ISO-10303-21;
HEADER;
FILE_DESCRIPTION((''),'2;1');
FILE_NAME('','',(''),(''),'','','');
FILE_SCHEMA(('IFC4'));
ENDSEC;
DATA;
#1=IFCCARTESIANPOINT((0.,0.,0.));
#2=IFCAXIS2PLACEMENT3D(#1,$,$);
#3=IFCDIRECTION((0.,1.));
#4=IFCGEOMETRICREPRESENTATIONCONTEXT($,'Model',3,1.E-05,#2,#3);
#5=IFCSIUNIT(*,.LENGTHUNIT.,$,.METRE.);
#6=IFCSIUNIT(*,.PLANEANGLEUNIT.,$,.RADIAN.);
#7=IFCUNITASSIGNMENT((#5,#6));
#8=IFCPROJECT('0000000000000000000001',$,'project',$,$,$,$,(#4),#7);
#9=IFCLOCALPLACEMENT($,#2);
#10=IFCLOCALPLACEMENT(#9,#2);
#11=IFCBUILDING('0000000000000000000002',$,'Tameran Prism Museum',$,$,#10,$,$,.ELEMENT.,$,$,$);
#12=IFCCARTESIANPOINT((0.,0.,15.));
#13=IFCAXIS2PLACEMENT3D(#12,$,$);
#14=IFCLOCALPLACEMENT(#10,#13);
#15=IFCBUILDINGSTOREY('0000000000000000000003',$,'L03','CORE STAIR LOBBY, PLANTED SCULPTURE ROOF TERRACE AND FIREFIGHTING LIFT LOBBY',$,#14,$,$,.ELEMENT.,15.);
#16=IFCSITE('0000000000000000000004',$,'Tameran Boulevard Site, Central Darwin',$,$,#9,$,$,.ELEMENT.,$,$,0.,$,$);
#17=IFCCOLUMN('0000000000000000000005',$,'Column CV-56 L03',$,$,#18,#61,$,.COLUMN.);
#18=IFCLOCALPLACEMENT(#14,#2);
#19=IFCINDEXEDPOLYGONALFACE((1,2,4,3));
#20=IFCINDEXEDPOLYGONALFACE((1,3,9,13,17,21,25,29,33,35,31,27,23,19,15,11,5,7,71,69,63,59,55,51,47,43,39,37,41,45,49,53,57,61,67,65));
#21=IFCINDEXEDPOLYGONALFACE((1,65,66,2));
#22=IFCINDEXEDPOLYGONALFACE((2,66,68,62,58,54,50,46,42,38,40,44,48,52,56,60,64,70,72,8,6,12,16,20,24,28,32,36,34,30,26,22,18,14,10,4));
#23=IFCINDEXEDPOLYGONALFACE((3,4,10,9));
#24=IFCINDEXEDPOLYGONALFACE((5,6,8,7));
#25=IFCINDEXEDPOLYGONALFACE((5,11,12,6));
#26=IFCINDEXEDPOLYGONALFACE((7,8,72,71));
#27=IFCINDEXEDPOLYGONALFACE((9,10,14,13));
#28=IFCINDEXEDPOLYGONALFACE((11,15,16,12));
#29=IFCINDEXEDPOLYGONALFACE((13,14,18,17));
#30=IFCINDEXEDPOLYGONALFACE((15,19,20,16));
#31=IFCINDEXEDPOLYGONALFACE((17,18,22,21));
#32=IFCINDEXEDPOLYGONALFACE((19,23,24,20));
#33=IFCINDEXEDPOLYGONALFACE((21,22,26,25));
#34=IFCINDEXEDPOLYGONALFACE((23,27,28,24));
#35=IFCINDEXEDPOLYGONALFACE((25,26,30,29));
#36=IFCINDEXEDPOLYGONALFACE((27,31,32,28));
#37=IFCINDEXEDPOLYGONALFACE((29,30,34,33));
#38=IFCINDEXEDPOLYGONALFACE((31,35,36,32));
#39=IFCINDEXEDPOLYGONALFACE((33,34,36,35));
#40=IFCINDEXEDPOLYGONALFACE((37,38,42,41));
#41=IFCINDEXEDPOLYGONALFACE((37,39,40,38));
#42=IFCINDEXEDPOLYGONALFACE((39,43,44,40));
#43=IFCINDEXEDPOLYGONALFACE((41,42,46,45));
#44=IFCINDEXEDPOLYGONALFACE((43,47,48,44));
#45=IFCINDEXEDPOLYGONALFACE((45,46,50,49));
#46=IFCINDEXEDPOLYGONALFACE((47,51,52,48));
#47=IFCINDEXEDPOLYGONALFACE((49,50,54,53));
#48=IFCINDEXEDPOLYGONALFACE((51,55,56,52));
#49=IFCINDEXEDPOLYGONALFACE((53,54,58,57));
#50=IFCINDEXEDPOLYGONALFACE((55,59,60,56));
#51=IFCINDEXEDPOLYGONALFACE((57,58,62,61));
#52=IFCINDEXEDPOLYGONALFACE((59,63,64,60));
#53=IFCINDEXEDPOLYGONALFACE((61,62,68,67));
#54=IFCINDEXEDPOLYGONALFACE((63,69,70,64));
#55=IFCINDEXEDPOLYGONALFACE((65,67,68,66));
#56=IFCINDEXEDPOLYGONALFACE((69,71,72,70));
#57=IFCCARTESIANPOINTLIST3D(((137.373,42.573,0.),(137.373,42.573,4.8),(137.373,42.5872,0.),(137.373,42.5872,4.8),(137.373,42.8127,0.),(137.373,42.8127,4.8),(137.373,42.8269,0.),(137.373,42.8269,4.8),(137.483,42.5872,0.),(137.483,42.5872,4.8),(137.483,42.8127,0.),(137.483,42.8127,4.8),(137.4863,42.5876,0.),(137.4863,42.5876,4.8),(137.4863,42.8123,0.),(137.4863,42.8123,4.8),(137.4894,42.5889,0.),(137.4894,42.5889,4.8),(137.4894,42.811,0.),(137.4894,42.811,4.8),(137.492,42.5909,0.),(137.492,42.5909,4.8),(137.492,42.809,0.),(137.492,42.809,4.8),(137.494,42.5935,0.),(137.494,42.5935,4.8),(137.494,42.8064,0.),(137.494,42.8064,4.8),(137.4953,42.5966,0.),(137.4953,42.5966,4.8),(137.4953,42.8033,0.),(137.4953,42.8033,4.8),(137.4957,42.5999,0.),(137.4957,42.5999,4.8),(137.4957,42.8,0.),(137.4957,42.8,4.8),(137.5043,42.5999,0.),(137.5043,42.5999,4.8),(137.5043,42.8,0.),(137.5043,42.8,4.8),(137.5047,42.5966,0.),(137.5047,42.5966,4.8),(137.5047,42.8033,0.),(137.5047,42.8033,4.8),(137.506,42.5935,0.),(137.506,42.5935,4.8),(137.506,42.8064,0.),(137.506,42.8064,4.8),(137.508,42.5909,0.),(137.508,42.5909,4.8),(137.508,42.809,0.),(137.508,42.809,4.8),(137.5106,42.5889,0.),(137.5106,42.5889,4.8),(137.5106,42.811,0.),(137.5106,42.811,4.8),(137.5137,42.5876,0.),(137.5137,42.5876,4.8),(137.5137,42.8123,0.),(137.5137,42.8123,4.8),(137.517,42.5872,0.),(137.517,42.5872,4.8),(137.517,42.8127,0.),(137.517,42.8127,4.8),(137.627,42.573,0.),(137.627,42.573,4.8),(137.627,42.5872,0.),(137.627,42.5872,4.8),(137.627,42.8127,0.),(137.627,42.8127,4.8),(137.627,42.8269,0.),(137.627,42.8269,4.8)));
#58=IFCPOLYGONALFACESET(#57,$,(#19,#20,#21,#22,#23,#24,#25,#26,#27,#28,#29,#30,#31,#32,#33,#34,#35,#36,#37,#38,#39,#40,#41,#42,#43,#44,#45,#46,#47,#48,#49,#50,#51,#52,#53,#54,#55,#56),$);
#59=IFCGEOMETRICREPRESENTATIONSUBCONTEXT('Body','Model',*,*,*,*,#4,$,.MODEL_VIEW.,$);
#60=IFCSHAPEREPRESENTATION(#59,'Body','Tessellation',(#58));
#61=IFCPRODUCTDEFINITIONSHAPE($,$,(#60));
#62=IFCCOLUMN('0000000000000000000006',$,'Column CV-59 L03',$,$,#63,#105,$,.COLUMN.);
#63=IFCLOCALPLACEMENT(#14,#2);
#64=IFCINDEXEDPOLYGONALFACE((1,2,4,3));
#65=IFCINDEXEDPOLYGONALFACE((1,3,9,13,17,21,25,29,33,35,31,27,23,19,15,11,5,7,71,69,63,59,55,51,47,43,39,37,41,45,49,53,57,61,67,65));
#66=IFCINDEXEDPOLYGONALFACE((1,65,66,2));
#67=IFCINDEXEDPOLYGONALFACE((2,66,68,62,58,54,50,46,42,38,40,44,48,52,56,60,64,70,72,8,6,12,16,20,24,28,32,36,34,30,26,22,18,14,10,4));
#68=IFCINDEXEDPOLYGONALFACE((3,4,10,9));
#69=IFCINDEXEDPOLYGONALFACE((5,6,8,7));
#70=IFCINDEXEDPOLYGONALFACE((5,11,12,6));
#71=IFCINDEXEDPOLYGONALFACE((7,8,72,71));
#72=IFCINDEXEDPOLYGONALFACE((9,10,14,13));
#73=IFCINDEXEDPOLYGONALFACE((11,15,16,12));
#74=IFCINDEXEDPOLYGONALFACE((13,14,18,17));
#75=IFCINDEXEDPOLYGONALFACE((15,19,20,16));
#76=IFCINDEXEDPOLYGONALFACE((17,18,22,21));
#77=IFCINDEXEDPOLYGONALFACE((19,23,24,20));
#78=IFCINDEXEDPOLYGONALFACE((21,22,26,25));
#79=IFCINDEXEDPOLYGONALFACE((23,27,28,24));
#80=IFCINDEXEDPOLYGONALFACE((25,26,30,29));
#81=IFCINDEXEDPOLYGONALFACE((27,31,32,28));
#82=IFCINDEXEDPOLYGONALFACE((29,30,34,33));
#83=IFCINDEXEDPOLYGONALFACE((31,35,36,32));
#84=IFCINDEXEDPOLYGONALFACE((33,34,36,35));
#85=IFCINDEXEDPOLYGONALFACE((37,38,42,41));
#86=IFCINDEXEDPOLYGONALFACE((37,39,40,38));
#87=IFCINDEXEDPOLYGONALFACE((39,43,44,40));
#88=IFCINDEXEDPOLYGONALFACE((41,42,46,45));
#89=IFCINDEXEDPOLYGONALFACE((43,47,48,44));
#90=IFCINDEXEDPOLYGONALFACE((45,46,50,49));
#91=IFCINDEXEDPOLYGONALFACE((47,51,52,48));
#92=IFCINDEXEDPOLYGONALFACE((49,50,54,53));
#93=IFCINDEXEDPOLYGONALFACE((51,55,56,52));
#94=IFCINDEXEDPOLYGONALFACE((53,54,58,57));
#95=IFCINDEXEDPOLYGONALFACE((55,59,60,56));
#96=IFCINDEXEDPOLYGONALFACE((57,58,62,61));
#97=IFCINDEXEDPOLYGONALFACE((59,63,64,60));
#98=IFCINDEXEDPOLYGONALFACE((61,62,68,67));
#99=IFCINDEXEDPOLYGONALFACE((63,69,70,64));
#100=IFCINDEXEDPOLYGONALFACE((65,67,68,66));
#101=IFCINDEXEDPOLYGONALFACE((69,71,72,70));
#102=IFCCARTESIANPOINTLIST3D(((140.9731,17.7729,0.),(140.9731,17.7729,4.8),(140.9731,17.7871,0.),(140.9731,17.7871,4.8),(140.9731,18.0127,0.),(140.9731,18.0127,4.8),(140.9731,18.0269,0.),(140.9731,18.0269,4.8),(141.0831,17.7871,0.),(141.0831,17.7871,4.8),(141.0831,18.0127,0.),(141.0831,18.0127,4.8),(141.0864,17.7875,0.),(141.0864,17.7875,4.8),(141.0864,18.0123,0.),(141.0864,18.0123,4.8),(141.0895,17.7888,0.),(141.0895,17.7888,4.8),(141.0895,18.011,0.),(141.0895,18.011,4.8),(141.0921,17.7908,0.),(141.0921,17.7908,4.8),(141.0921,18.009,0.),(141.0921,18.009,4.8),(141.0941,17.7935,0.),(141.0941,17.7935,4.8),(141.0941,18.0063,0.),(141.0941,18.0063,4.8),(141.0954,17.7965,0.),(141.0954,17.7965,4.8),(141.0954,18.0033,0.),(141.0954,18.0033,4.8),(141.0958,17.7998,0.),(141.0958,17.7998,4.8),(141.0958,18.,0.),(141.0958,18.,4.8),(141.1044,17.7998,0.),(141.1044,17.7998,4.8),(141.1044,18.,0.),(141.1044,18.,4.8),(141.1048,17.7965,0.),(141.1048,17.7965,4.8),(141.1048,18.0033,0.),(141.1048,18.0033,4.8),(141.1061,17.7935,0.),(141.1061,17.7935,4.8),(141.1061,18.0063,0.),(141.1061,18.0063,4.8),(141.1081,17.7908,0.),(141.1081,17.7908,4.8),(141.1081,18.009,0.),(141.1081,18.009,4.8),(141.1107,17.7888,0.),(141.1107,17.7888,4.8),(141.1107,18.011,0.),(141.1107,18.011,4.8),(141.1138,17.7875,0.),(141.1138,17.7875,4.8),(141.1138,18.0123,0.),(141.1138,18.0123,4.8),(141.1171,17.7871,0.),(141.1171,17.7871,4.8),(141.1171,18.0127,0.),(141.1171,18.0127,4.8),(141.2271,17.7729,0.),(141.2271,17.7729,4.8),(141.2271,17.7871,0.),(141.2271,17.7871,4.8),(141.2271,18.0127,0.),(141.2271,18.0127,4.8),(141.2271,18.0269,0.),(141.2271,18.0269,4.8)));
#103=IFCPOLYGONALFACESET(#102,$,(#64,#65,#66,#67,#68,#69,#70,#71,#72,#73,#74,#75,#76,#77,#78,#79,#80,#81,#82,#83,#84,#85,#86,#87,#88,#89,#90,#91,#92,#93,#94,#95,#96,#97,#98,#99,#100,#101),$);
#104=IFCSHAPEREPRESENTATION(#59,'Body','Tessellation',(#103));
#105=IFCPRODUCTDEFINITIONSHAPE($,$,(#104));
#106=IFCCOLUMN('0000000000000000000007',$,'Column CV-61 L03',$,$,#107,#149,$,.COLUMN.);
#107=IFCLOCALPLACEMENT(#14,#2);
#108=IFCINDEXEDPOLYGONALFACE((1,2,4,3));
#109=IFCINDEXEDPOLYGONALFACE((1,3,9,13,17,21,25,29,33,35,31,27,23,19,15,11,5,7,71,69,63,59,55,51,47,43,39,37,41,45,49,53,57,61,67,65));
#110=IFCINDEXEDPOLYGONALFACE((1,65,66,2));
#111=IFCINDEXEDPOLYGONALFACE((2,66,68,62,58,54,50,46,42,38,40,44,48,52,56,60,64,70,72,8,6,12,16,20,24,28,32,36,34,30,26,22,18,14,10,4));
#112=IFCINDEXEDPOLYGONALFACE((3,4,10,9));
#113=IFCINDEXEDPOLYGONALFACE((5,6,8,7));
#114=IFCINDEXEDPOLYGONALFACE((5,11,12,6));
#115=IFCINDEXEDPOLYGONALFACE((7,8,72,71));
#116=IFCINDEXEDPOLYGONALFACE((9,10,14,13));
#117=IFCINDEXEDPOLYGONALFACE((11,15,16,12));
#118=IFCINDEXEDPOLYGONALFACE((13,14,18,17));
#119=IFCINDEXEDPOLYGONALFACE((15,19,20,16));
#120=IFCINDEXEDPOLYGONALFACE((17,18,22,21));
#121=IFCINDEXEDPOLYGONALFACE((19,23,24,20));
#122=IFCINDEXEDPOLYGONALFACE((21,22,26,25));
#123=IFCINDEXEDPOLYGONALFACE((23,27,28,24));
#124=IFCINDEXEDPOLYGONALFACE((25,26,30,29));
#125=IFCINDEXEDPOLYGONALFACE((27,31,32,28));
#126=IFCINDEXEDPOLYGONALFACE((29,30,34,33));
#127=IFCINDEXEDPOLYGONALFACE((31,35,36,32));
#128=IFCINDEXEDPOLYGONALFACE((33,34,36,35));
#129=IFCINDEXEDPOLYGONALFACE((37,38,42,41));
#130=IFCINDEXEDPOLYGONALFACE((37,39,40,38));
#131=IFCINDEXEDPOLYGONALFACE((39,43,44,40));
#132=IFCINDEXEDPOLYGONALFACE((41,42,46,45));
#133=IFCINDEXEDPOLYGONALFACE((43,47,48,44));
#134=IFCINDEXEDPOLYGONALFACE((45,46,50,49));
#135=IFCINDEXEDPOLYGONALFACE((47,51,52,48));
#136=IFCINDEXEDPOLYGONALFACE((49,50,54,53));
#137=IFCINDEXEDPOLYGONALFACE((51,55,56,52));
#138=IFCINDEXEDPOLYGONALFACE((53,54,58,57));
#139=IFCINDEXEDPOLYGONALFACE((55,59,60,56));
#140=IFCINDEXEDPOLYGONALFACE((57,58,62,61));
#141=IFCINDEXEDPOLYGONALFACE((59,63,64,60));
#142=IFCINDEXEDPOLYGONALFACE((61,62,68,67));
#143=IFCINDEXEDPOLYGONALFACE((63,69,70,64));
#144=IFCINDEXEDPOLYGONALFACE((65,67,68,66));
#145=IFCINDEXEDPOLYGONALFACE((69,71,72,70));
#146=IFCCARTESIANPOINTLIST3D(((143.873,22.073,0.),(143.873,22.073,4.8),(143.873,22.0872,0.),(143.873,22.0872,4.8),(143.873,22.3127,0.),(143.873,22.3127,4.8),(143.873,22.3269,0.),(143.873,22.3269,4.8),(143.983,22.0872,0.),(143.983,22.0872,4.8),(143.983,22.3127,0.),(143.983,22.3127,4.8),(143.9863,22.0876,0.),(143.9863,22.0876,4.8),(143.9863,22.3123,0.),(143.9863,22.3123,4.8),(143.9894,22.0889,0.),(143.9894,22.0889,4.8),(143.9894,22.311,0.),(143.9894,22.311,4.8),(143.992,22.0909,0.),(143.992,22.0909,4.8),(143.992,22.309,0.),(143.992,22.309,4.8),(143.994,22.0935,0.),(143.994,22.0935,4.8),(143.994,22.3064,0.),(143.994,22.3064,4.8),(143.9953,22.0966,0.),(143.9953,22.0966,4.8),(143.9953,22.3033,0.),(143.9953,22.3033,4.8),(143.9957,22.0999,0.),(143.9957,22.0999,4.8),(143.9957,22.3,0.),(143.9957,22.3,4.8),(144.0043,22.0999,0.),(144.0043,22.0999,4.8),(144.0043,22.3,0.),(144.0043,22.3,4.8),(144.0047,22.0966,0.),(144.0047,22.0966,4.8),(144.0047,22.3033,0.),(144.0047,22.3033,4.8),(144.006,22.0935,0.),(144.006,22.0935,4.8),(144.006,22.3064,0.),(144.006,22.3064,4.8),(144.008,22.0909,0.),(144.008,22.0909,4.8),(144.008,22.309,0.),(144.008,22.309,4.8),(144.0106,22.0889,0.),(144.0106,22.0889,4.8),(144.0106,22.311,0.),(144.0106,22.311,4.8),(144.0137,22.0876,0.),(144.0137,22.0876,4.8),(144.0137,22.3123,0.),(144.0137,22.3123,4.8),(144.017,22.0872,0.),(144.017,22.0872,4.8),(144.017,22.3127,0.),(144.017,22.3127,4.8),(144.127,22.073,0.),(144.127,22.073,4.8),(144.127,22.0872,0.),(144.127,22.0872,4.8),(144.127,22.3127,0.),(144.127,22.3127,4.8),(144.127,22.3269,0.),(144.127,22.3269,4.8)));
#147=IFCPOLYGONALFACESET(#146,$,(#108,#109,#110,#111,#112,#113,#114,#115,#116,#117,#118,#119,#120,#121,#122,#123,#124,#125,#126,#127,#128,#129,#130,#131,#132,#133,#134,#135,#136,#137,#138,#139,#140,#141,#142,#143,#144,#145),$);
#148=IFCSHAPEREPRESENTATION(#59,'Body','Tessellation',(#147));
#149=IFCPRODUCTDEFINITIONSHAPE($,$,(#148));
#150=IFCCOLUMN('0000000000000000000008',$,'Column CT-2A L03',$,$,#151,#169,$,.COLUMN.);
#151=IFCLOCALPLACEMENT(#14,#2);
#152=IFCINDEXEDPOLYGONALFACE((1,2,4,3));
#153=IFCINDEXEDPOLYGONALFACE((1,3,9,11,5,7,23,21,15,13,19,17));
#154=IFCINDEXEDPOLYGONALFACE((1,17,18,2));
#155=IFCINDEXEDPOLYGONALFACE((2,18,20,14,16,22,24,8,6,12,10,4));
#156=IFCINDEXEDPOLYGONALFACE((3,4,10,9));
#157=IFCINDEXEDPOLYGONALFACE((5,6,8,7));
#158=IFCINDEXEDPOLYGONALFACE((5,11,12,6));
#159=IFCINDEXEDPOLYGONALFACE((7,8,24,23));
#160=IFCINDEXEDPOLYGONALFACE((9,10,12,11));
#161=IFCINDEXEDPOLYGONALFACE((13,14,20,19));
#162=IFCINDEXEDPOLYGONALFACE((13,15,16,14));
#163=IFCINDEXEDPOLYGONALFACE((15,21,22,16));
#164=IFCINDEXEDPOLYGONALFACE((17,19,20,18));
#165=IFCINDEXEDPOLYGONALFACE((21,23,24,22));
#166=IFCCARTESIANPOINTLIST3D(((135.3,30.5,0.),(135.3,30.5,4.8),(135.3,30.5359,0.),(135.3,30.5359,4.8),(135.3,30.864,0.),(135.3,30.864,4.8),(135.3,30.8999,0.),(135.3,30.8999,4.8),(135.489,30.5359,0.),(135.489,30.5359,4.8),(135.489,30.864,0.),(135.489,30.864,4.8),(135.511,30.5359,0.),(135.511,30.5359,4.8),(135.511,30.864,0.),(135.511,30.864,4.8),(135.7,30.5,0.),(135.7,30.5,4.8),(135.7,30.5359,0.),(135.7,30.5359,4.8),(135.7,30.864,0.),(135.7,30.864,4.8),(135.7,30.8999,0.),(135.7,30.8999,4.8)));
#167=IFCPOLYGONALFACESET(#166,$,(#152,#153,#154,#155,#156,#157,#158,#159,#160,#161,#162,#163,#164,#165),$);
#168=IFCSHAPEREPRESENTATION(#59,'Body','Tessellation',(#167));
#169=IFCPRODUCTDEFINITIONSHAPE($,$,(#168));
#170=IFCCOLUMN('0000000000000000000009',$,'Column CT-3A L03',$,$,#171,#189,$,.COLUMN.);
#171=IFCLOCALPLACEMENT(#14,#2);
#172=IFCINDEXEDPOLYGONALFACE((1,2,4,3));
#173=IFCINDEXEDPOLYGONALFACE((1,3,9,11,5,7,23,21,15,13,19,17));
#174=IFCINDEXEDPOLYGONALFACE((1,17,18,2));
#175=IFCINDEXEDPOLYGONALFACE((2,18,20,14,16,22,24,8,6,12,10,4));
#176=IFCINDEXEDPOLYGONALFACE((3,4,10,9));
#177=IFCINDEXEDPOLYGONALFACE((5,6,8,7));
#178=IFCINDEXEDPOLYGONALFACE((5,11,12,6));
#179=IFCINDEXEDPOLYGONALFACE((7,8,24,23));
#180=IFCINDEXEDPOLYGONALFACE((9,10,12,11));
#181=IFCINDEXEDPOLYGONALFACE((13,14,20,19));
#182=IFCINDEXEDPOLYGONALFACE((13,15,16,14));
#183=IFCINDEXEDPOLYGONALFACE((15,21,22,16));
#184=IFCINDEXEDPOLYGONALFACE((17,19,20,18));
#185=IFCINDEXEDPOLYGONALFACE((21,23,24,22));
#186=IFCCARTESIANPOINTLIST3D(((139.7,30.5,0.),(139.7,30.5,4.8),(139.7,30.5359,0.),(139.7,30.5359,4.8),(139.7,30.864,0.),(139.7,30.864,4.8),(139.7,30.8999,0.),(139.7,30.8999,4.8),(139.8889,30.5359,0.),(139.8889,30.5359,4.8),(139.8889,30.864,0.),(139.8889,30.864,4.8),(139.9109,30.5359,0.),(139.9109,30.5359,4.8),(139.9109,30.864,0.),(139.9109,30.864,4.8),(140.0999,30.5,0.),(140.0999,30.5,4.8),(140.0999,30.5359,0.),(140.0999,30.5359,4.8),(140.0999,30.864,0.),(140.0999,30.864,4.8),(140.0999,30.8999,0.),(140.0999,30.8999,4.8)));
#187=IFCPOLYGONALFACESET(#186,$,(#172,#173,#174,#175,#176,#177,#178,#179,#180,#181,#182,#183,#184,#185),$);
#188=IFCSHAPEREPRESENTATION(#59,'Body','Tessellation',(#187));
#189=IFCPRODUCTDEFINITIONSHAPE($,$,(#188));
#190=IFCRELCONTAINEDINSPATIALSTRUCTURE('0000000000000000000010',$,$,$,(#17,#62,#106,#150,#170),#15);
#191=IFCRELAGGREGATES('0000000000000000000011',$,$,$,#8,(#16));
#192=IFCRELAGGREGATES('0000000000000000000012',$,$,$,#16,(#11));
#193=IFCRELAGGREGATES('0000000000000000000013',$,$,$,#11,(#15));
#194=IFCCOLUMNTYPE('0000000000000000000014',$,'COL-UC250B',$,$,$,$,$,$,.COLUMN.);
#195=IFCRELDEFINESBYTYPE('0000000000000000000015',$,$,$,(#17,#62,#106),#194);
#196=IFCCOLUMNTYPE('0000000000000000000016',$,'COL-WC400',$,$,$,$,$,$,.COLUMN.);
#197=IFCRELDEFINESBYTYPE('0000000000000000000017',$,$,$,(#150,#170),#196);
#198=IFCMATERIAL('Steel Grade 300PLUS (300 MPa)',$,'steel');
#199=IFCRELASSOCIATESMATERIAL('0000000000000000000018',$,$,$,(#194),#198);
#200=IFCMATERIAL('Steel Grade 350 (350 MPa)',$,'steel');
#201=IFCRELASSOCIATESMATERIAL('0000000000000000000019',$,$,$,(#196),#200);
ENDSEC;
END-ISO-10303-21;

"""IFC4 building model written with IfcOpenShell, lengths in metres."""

from ifc_helpers import new_model, si_unit, direction, frame, origin, origin_2d, place, context, subcontext, project, spatial, i_section, extrude, material, material_profile, profile_set, type_object, element, save


model = new_model("IFC4")

# Units and contexts
model_context = context("Model", 3, precision=1e-05, world=origin(), true_north=direction((0.0, 1.0)))
body_context = subcontext(model_context, "Body", "Model", "MODEL_VIEW")
ifc_project = project(units=[si_unit("LENGTHUNIT", "METRE"), si_unit("PLANEANGLEUNIT", "RADIAN")], contexts=[model_context])

# Site, building, storey
site_placement = place(None, origin())
site = spatial("IfcSite", under=ifc_project, at=site_placement, Name="Tameran Boulevard Site, Central Darwin", CompositionType="ELEMENT", RefElevation=0.0)
building_placement = place(site_placement, origin())
building = spatial("IfcBuilding", under=site, at=building_placement, Name="Tameran Prism Museum", CompositionType="ELEMENT")
storey_placement = place(building_placement, frame((0.0, 0.0, 15.0)))
storey = spatial("IfcBuildingStorey", under=building, at=storey_placement, Name="L03", Description="CORE STAIR LOBBY, PLANTED SCULPTURE ROOF TERRACE AND FIREFIGHTING LIFT LOBBY", CompositionType="ELEMENT", Elevation=15.0)

# Columns
ifc_material_1 = material(Name="Steel Grade 300PLUS (300 MPa)", Category="steel")
ifc_material_profile_1 = material_profile(ifc_material_1, i_section(OverallWidth=0.2539, OverallDepth=0.2539, WebThickness=0.0085, FlangeThickness=0.0142, FilletRadius=0.0127, at=origin_2d()))
ifc_profile_set_1 = profile_set([ifc_material_profile_1])
column_type_1 = type_object("IfcColumnType", Name="COL-UC250B", PredefinedType="COLUMN", material=ifc_profile_set_1)
for number, where, z_axis, x_axis, name in (
    (1, (137.5, 42.7, 0.0), (0.0, 0.0, 1.0), (1.0, 0.0, 0.0), "Column CV-56 L03"),
    (2, (141.1001, 17.8999, 0.0), (0.0, 0.0, 1.0), (1.0, 0.0, 0.0), "Column CV-59 L03"),
    (3, (144.0, 22.2, 0.0), (0.0, 0.0, 1.0), (1.0, 0.0, 0.0), "Column CV-61 L03"),
):
    element("IfcColumn", number, at=place(storey_placement, frame(where, z_axis=z_axis, x_axis=x_axis)), inside=storey, type_object=column_type_1, Name=name, PredefinedType="COLUMN", context=body_context, shape_type="SweptSolid", body=[
        extrude(i_section(OverallWidth=0.2539, OverallDepth=0.2539, WebThickness=0.0085, FlangeThickness=0.0142, FilletRadius=0.0127, at=origin_2d()), origin(), (0.0, 0.0, 1.0), 4.8),
    ])
ifc_material_2 = material(Name="Steel Grade 350 (350 MPa)", Category="steel")
ifc_material_profile_2 = material_profile(ifc_material_2, i_section(OverallWidth=0.3999, OverallDepth=0.3999, WebThickness=0.022, FlangeThickness=0.0359, at=origin_2d()))
ifc_profile_set_2 = profile_set([ifc_material_profile_2])
column_type_2 = type_object("IfcColumnType", Name="COL-WC400", PredefinedType="COLUMN", material=ifc_profile_set_2)
for number, where, z_axis, x_axis, name in (
    (4, (135.5, 30.7, 0.0), (0.0, 0.0, 1.0), (1.0, 0.0, 0.0), "Column CT-2A L03"),
    (5, (139.8999, 30.7, 0.0), (0.0, 0.0, 1.0), (1.0, 0.0, 0.0), "Column CT-3A L03"),
):
    element("IfcColumn", number, at=place(storey_placement, frame(where, z_axis=z_axis, x_axis=x_axis)), inside=storey, type_object=column_type_2, Name=name, PredefinedType="COLUMN", context=body_context, shape_type="SweptSolid", body=[
        extrude(i_section(OverallWidth=0.3999, OverallDepth=0.3999, WebThickness=0.022, FlangeThickness=0.0359, at=origin_2d()), origin(), (0.0, 0.0, 1.0), 4.8),
    ])

save(model, "model.ifc")
